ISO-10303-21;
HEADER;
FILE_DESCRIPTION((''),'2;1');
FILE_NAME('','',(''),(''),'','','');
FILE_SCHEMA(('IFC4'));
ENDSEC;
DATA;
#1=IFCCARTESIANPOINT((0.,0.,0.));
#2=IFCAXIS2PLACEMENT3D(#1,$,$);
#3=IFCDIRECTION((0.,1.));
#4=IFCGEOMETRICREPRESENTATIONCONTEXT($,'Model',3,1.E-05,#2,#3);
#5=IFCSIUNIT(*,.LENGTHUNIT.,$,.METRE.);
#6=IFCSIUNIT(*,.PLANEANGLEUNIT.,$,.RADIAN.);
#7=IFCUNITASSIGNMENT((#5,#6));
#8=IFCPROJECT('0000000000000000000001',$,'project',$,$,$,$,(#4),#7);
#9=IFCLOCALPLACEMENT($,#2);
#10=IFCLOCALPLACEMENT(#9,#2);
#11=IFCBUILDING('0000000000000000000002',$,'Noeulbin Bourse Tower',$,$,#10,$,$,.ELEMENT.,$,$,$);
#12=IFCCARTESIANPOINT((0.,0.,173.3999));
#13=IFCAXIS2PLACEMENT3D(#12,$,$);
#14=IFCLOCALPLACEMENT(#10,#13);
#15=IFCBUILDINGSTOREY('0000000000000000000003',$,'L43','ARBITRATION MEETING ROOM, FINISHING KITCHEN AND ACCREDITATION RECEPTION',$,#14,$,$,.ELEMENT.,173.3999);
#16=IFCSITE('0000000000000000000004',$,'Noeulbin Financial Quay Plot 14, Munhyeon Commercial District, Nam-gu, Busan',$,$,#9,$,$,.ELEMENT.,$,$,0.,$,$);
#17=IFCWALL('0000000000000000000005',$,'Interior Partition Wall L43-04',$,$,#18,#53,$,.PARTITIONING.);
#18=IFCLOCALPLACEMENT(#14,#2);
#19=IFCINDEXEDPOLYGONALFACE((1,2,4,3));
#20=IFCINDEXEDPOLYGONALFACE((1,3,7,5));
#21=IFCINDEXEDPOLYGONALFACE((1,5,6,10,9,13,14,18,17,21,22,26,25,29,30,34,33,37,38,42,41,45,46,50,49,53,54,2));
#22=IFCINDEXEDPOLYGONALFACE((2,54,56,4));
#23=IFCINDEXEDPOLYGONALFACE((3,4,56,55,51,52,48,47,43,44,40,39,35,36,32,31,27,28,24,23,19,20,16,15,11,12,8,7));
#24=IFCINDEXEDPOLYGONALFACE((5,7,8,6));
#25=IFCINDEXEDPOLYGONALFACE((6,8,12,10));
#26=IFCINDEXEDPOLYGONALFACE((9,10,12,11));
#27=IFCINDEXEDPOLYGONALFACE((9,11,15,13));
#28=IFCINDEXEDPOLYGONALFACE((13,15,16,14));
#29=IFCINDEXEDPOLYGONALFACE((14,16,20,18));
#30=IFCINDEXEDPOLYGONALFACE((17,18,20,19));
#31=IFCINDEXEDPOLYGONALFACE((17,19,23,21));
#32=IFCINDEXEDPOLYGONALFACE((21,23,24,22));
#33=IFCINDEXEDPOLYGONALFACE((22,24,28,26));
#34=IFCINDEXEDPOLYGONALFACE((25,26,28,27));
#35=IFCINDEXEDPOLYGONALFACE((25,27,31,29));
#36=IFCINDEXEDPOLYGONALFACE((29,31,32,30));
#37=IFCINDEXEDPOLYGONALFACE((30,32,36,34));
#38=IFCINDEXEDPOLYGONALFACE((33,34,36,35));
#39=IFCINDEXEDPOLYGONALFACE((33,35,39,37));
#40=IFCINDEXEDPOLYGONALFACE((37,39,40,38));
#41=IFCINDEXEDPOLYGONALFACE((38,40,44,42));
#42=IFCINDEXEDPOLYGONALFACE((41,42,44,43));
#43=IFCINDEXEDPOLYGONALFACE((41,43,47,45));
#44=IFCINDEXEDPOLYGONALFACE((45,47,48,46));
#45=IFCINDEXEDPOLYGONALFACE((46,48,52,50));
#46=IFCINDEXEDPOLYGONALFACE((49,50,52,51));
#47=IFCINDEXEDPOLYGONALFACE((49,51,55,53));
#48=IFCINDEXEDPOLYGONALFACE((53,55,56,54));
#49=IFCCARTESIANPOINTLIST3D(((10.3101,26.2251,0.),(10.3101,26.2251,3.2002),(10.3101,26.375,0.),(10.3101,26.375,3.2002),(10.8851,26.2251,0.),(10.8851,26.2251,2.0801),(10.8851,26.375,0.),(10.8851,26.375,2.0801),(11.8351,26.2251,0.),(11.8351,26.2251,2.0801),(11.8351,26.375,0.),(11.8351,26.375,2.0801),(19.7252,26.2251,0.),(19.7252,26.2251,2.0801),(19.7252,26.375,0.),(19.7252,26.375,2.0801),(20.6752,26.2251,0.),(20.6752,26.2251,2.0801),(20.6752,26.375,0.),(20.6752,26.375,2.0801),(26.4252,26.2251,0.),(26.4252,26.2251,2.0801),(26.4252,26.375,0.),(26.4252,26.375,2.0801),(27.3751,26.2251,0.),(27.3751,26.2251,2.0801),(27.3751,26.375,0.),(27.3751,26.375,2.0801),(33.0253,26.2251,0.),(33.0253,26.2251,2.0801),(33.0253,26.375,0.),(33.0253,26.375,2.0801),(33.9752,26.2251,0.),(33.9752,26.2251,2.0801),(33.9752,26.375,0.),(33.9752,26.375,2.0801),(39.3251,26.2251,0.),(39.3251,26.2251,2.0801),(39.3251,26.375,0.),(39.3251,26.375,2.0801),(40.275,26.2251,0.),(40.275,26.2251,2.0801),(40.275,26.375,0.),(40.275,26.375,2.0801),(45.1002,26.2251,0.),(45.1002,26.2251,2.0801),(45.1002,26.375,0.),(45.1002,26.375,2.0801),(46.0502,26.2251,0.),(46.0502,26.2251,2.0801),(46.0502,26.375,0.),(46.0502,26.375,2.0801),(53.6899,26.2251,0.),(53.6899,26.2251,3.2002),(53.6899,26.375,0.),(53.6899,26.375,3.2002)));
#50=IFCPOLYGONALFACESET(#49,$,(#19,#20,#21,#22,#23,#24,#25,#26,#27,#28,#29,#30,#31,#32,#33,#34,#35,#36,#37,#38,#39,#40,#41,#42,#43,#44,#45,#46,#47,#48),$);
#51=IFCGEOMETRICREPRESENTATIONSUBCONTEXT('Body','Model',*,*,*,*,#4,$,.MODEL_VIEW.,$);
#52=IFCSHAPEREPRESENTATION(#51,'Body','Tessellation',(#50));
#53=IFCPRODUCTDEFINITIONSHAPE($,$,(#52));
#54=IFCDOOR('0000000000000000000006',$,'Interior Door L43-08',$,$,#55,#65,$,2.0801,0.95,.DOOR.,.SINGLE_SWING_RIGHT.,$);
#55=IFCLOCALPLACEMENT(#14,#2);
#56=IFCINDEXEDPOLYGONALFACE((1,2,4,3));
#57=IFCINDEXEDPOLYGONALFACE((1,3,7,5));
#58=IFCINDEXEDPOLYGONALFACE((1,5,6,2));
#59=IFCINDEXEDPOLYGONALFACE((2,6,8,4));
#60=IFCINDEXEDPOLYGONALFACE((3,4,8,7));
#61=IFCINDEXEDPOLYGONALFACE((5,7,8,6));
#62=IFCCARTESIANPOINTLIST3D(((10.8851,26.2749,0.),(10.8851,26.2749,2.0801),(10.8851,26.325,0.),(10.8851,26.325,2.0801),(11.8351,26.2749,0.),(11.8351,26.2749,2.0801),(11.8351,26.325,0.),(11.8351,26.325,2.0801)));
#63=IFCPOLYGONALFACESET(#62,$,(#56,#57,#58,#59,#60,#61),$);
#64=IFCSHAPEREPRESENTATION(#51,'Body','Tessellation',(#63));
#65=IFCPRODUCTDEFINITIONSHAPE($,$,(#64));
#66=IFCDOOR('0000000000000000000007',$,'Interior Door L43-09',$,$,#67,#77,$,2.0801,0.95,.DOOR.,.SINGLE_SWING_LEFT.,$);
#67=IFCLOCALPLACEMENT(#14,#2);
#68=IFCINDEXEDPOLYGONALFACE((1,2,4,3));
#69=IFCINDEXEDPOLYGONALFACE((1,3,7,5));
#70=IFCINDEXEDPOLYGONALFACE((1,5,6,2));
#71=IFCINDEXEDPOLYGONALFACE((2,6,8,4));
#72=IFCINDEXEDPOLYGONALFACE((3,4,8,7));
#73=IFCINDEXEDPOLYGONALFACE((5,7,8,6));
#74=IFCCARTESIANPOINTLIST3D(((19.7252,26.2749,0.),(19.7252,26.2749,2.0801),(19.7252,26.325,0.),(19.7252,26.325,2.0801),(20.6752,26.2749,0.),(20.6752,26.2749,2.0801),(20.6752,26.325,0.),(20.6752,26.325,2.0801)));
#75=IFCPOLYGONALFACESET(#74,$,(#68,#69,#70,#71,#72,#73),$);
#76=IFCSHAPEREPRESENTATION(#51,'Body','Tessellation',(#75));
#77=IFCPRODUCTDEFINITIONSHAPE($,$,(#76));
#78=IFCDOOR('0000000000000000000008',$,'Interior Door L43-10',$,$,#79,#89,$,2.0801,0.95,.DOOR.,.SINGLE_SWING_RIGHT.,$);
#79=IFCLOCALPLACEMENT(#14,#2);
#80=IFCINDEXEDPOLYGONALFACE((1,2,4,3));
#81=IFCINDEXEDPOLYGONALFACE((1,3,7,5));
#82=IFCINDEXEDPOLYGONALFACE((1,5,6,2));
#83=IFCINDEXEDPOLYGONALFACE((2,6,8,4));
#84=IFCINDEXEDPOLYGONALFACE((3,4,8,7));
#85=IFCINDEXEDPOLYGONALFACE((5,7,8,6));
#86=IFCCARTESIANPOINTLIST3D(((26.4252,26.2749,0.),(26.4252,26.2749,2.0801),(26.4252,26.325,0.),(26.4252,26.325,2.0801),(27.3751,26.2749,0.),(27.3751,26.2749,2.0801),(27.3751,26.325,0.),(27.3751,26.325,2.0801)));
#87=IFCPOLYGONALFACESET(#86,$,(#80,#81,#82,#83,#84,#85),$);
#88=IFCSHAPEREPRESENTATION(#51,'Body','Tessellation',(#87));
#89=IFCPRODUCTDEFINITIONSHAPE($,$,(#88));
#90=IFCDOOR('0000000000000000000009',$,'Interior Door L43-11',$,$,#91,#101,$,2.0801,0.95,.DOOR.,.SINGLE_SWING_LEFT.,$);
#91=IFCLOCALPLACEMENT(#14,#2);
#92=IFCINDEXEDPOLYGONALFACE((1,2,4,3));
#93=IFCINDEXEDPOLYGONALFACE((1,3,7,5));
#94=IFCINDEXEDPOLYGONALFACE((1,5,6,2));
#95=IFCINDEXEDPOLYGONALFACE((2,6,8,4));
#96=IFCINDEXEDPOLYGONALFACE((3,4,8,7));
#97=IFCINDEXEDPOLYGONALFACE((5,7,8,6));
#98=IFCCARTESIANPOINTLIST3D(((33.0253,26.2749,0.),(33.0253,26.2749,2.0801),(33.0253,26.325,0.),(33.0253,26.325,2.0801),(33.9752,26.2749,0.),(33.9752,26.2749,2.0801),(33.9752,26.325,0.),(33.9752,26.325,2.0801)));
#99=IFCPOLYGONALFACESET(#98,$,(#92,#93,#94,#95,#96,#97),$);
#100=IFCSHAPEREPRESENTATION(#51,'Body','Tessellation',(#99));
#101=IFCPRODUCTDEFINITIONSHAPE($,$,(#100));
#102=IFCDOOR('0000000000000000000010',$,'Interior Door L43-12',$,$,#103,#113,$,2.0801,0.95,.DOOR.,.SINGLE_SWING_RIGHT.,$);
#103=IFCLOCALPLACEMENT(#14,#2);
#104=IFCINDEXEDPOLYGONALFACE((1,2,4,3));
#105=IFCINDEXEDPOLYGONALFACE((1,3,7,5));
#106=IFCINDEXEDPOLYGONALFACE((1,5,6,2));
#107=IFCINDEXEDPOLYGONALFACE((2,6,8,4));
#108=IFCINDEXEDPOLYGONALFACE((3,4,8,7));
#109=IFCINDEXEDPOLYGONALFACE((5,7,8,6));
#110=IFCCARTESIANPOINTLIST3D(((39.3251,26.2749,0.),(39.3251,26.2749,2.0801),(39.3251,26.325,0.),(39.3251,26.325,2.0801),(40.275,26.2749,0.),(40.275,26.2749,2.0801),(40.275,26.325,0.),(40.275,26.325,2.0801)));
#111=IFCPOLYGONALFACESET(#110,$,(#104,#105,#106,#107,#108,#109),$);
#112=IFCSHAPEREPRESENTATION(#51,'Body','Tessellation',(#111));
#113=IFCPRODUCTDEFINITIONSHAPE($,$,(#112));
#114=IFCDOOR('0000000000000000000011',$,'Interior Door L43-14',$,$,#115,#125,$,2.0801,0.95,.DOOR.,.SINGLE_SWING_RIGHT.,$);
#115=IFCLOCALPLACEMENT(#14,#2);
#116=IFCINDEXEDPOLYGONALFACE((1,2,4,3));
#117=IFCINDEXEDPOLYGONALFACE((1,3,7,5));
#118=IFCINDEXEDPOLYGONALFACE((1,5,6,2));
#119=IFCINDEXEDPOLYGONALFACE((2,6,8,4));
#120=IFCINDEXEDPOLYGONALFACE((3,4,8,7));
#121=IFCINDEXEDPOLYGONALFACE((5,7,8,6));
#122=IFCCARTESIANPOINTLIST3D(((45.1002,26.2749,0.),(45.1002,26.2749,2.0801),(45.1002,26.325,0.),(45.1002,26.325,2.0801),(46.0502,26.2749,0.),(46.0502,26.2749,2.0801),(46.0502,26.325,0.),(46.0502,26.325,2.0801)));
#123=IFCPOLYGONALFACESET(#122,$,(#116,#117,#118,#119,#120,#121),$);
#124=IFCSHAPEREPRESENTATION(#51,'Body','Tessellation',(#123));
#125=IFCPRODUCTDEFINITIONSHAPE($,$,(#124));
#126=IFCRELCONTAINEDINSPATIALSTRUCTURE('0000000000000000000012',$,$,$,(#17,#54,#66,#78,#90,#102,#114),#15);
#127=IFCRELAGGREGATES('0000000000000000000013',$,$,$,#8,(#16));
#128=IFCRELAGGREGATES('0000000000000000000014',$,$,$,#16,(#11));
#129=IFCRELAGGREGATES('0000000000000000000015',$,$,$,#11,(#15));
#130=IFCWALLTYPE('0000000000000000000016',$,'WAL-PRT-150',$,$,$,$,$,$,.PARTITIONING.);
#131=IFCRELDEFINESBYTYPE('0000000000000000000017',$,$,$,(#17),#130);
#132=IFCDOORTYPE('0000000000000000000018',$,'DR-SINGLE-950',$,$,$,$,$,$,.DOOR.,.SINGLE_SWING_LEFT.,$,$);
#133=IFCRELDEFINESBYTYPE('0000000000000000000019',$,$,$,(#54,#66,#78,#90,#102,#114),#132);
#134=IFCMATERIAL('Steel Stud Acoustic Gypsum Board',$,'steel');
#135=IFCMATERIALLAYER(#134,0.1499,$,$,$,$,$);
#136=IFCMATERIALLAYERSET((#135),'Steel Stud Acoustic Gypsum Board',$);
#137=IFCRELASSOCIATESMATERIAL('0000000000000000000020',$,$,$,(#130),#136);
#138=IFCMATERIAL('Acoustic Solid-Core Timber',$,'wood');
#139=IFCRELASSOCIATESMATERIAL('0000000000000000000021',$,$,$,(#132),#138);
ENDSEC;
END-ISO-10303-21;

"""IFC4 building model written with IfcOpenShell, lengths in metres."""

from ifc_helpers import new_model, si_unit, direction, frame, frame_2d, origin, place, context, subcontext, project, spatial, rectangle, extrude, material, layer, layer_set, type_object, element, fill, save


model = new_model("IFC4")

# Units and contexts
model_context = context("Model", 3, precision=1e-05, world=origin(), true_north=direction((0.0, 1.0)))
body_context = subcontext(model_context, "Body", "Model", "MODEL_VIEW")
ifc_project = project(units=[si_unit("LENGTHUNIT", "METRE"), si_unit("PLANEANGLEUNIT", "RADIAN")], contexts=[model_context])

# Site, building, storey
site_placement = place(None, origin())
site = spatial("IfcSite", under=ifc_project, at=site_placement, Name="Noeulbin Financial Quay Plot 14, Munhyeon Commercial District, Nam-gu, Busan", CompositionType="ELEMENT", RefElevation=0.0)
building_placement = place(site_placement, origin())
building = spatial("IfcBuilding", under=site, at=building_placement, Name="Noeulbin Bourse Tower", CompositionType="ELEMENT")
storey_placement = place(building_placement, frame((0.0, 0.0, 173.3999)))
storey = spatial("IfcBuildingStorey", under=building, at=storey_placement, Name="L43", Description="ARBITRATION MEETING ROOM, FINISHING KITCHEN AND ACCREDITATION RECEPTION", CompositionType="ELEMENT", Elevation=173.3999)

# Wall, openings, doors
ifc_material_1 = material(Name="Steel Stud Acoustic Gypsum Board", Category="steel")
ifc_layer_1 = layer(ifc_material_1, 0.1499)
ifc_layer_set_1 = layer_set([ifc_layer_1], Name="Steel Stud Acoustic Gypsum Board")
wall_type = type_object("IfcWallType", Name="WAL-PRT-150", PredefinedType="PARTITIONING", material=ifc_layer_set_1)
wall_placement = place(storey_placement, frame((10.3101, 26.3, 0.0), z_axis=(0.0, 0.0, 1.0), x_axis=(1.0, 0.0, 0.0)))
wall = element("IfcWall", 1, at=wall_placement, inside=storey, type_object=wall_type, Name="Interior Partition Wall L43-04", PredefinedType="PARTITIONING", context=body_context, shape_type="SweptSolid", body=[
    extrude(rectangle(XDim=43.3799, YDim=0.1499, at=frame_2d((21.6899, 0.0))), origin(), (0.0, 0.0, 1.0), 3.2002),
])
opening_1_placement = place(wall_placement, frame((0.575, 0.0, 0.0)))
opening_1 = element("IfcOpeningElement", 2, at=opening_1_placement, cuts=wall, PredefinedType="OPENING", context=body_context, shape_type="SweptSolid", body=[
    extrude(rectangle(XDim=0.95, YDim=2.0801, at=frame_2d((0.4751, 1.04))), frame((0.0, 0.085, 0.0), z_axis=(0.0, -1.0, 0.0), x_axis=(1.0, 0.0, 0.0)), (0.0, 0.0, 1.0), 0.1699),
])
opening_2_placement = place(wall_placement, frame((9.415, 0.0, 0.0)))
opening_2 = element("IfcOpeningElement", 3, at=opening_2_placement, cuts=wall, PredefinedType="OPENING", context=body_context, shape_type="SweptSolid", body=[
    extrude(rectangle(XDim=0.95, YDim=2.0801, at=frame_2d((0.4751, 1.04))), frame((0.0, 0.085, 0.0), z_axis=(0.0, -1.0, 0.0), x_axis=(1.0, 0.0, 0.0)), (0.0, 0.0, 1.0), 0.1699),
])
opening_3_placement = place(wall_placement, frame((16.115, 0.0, 0.0)))
opening_3 = element("IfcOpeningElement", 4, at=opening_3_placement, cuts=wall, PredefinedType="OPENING", context=body_context, shape_type="SweptSolid", body=[
    extrude(rectangle(XDim=0.95, YDim=2.0801, at=frame_2d((0.4751, 1.04))), frame((0.0, 0.085, 0.0), z_axis=(0.0, -1.0, 0.0), x_axis=(1.0, 0.0, 0.0)), (0.0, 0.0, 1.0), 0.1699),
])
opening_4_placement = place(wall_placement, frame((22.7151, 0.0, 0.0)))
opening_4 = element("IfcOpeningElement", 5, at=opening_4_placement, cuts=wall, PredefinedType="OPENING", context=body_context, shape_type="SweptSolid", body=[
    extrude(rectangle(XDim=0.95, YDim=2.0801, at=frame_2d((0.4751, 1.04))), frame((0.0, 0.085, 0.0), z_axis=(0.0, -1.0, 0.0), x_axis=(1.0, 0.0, 0.0)), (0.0, 0.0, 1.0), 0.1699),
])
opening_5_placement = place(wall_placement, frame((29.0149, 0.0, 0.0)))
opening_5 = element("IfcOpeningElement", 6, at=opening_5_placement, cuts=wall, PredefinedType="OPENING", context=body_context, shape_type="SweptSolid", body=[
    extrude(rectangle(XDim=0.95, YDim=2.0801, at=frame_2d((0.4751, 1.04))), frame((0.0, 0.085, 0.0), z_axis=(0.0, -1.0, 0.0), x_axis=(1.0, 0.0, 0.0)), (0.0, 0.0, 1.0), 0.1699),
])
opening_6_placement = place(wall_placement, frame((34.79, 0.0, 0.0)))
opening_6 = element("IfcOpeningElement", 7, at=opening_6_placement, cuts=wall, PredefinedType="OPENING", context=body_context, shape_type="SweptSolid", body=[
    extrude(rectangle(XDim=0.95, YDim=2.0801, at=frame_2d((0.4751, 1.04))), frame((0.0, 0.085, 0.0), z_axis=(0.0, -1.0, 0.0), x_axis=(1.0, 0.0, 0.0)), (0.0, 0.0, 1.0), 0.1699),
])
ifc_material_2 = material(Name="Acoustic Solid-Core Timber", Category="wood")
door_type = type_object("IfcDoorType", Name="DR-SINGLE-950", OperationType="SINGLE_SWING_LEFT", PredefinedType="DOOR", material=ifc_material_2)
door_1_placement = place(opening_1_placement, origin())
door_1 = element("IfcDoor", 8, at=door_1_placement, inside=storey, type_object=door_type, Name="Interior Door L43-08", OperationType="SINGLE_SWING_RIGHT", OverallHeight=2.0801, OverallWidth=0.95, PredefinedType="DOOR", context=body_context, shape_type="SweptSolid", body=[
    extrude(rectangle(XDim=0.95, YDim=2.0801, at=frame_2d((0.4751, 1.04))), frame((0.0, 0.0249, 0.0), z_axis=(0.0, -1.0, 0.0), x_axis=(1.0, 0.0, 0.0)), (0.0, 0.0, 1.0), 0.05),
])
fill(opening_1, door_1)
door_2_placement = place(opening_2_placement, origin())
door_2 = element("IfcDoor", 9, at=door_2_placement, inside=storey, type_object=door_type, Name="Interior Door L43-09", OperationType="SINGLE_SWING_LEFT", OverallHeight=2.0801, OverallWidth=0.95, PredefinedType="DOOR", context=body_context, shape_type="SweptSolid", body=[
    extrude(rectangle(XDim=0.95, YDim=2.0801, at=frame_2d((0.4751, 1.04))), frame((0.0, 0.0249, 0.0), z_axis=(0.0, -1.0, 0.0), x_axis=(1.0, 0.0, 0.0)), (0.0, 0.0, 1.0), 0.05),
])
fill(opening_2, door_2)
door_3_placement = place(opening_3_placement, origin())
door_3 = element("IfcDoor", 10, at=door_3_placement, inside=storey, type_object=door_type, Name="Interior Door L43-10", OperationType="SINGLE_SWING_RIGHT", OverallHeight=2.0801, OverallWidth=0.95, PredefinedType="DOOR", context=body_context, shape_type="SweptSolid", body=[
    extrude(rectangle(XDim=0.95, YDim=2.0801, at=frame_2d((0.4751, 1.04))), frame((0.0, 0.0249, 0.0), z_axis=(0.0, -1.0, 0.0), x_axis=(1.0, 0.0, 0.0)), (0.0, 0.0, 1.0), 0.05),
])
fill(opening_3, door_3)
door_4_placement = place(opening_4_placement, origin())
door_4 = element("IfcDoor", 11, at=door_4_placement, inside=storey, type_object=door_type, Name="Interior Door L43-11", OperationType="SINGLE_SWING_LEFT", OverallHeight=2.0801, OverallWidth=0.95, PredefinedType="DOOR", context=body_context, shape_type="SweptSolid", body=[
    extrude(rectangle(XDim=0.95, YDim=2.0801, at=frame_2d((0.4751, 1.04))), frame((0.0, 0.0249, 0.0), z_axis=(0.0, -1.0, 0.0), x_axis=(1.0, 0.0, 0.0)), (0.0, 0.0, 1.0), 0.05),
])
fill(opening_4, door_4)
door_5_placement = place(opening_5_placement, origin())
door_5 = element("IfcDoor", 12, at=door_5_placement, inside=storey, type_object=door_type, Name="Interior Door L43-12", OperationType="SINGLE_SWING_RIGHT", OverallHeight=2.0801, OverallWidth=0.95, PredefinedType="DOOR", context=body_context, shape_type="SweptSolid", body=[
    extrude(rectangle(XDim=0.95, YDim=2.0801, at=frame_2d((0.4751, 1.04))), frame((0.0, 0.0249, 0.0), z_axis=(0.0, -1.0, 0.0), x_axis=(1.0, 0.0, 0.0)), (0.0, 0.0, 1.0), 0.05),
])
fill(opening_5, door_5)
door_6_placement = place(opening_6_placement, origin())
door_6 = element("IfcDoor", 13, at=door_6_placement, inside=storey, type_object=door_type, Name="Interior Door L43-14", OperationType="SINGLE_SWING_RIGHT", OverallHeight=2.0801, OverallWidth=0.95, PredefinedType="DOOR", context=body_context, shape_type="SweptSolid", body=[
    extrude(rectangle(XDim=0.95, YDim=2.0801, at=frame_2d((0.4751, 1.04))), frame((0.0, 0.0249, 0.0), z_axis=(0.0, -1.0, 0.0), x_axis=(1.0, 0.0, 0.0)), (0.0, 0.0, 1.0), 0.05),
])
fill(opening_6, door_6)

save(model, "model.ifc")
